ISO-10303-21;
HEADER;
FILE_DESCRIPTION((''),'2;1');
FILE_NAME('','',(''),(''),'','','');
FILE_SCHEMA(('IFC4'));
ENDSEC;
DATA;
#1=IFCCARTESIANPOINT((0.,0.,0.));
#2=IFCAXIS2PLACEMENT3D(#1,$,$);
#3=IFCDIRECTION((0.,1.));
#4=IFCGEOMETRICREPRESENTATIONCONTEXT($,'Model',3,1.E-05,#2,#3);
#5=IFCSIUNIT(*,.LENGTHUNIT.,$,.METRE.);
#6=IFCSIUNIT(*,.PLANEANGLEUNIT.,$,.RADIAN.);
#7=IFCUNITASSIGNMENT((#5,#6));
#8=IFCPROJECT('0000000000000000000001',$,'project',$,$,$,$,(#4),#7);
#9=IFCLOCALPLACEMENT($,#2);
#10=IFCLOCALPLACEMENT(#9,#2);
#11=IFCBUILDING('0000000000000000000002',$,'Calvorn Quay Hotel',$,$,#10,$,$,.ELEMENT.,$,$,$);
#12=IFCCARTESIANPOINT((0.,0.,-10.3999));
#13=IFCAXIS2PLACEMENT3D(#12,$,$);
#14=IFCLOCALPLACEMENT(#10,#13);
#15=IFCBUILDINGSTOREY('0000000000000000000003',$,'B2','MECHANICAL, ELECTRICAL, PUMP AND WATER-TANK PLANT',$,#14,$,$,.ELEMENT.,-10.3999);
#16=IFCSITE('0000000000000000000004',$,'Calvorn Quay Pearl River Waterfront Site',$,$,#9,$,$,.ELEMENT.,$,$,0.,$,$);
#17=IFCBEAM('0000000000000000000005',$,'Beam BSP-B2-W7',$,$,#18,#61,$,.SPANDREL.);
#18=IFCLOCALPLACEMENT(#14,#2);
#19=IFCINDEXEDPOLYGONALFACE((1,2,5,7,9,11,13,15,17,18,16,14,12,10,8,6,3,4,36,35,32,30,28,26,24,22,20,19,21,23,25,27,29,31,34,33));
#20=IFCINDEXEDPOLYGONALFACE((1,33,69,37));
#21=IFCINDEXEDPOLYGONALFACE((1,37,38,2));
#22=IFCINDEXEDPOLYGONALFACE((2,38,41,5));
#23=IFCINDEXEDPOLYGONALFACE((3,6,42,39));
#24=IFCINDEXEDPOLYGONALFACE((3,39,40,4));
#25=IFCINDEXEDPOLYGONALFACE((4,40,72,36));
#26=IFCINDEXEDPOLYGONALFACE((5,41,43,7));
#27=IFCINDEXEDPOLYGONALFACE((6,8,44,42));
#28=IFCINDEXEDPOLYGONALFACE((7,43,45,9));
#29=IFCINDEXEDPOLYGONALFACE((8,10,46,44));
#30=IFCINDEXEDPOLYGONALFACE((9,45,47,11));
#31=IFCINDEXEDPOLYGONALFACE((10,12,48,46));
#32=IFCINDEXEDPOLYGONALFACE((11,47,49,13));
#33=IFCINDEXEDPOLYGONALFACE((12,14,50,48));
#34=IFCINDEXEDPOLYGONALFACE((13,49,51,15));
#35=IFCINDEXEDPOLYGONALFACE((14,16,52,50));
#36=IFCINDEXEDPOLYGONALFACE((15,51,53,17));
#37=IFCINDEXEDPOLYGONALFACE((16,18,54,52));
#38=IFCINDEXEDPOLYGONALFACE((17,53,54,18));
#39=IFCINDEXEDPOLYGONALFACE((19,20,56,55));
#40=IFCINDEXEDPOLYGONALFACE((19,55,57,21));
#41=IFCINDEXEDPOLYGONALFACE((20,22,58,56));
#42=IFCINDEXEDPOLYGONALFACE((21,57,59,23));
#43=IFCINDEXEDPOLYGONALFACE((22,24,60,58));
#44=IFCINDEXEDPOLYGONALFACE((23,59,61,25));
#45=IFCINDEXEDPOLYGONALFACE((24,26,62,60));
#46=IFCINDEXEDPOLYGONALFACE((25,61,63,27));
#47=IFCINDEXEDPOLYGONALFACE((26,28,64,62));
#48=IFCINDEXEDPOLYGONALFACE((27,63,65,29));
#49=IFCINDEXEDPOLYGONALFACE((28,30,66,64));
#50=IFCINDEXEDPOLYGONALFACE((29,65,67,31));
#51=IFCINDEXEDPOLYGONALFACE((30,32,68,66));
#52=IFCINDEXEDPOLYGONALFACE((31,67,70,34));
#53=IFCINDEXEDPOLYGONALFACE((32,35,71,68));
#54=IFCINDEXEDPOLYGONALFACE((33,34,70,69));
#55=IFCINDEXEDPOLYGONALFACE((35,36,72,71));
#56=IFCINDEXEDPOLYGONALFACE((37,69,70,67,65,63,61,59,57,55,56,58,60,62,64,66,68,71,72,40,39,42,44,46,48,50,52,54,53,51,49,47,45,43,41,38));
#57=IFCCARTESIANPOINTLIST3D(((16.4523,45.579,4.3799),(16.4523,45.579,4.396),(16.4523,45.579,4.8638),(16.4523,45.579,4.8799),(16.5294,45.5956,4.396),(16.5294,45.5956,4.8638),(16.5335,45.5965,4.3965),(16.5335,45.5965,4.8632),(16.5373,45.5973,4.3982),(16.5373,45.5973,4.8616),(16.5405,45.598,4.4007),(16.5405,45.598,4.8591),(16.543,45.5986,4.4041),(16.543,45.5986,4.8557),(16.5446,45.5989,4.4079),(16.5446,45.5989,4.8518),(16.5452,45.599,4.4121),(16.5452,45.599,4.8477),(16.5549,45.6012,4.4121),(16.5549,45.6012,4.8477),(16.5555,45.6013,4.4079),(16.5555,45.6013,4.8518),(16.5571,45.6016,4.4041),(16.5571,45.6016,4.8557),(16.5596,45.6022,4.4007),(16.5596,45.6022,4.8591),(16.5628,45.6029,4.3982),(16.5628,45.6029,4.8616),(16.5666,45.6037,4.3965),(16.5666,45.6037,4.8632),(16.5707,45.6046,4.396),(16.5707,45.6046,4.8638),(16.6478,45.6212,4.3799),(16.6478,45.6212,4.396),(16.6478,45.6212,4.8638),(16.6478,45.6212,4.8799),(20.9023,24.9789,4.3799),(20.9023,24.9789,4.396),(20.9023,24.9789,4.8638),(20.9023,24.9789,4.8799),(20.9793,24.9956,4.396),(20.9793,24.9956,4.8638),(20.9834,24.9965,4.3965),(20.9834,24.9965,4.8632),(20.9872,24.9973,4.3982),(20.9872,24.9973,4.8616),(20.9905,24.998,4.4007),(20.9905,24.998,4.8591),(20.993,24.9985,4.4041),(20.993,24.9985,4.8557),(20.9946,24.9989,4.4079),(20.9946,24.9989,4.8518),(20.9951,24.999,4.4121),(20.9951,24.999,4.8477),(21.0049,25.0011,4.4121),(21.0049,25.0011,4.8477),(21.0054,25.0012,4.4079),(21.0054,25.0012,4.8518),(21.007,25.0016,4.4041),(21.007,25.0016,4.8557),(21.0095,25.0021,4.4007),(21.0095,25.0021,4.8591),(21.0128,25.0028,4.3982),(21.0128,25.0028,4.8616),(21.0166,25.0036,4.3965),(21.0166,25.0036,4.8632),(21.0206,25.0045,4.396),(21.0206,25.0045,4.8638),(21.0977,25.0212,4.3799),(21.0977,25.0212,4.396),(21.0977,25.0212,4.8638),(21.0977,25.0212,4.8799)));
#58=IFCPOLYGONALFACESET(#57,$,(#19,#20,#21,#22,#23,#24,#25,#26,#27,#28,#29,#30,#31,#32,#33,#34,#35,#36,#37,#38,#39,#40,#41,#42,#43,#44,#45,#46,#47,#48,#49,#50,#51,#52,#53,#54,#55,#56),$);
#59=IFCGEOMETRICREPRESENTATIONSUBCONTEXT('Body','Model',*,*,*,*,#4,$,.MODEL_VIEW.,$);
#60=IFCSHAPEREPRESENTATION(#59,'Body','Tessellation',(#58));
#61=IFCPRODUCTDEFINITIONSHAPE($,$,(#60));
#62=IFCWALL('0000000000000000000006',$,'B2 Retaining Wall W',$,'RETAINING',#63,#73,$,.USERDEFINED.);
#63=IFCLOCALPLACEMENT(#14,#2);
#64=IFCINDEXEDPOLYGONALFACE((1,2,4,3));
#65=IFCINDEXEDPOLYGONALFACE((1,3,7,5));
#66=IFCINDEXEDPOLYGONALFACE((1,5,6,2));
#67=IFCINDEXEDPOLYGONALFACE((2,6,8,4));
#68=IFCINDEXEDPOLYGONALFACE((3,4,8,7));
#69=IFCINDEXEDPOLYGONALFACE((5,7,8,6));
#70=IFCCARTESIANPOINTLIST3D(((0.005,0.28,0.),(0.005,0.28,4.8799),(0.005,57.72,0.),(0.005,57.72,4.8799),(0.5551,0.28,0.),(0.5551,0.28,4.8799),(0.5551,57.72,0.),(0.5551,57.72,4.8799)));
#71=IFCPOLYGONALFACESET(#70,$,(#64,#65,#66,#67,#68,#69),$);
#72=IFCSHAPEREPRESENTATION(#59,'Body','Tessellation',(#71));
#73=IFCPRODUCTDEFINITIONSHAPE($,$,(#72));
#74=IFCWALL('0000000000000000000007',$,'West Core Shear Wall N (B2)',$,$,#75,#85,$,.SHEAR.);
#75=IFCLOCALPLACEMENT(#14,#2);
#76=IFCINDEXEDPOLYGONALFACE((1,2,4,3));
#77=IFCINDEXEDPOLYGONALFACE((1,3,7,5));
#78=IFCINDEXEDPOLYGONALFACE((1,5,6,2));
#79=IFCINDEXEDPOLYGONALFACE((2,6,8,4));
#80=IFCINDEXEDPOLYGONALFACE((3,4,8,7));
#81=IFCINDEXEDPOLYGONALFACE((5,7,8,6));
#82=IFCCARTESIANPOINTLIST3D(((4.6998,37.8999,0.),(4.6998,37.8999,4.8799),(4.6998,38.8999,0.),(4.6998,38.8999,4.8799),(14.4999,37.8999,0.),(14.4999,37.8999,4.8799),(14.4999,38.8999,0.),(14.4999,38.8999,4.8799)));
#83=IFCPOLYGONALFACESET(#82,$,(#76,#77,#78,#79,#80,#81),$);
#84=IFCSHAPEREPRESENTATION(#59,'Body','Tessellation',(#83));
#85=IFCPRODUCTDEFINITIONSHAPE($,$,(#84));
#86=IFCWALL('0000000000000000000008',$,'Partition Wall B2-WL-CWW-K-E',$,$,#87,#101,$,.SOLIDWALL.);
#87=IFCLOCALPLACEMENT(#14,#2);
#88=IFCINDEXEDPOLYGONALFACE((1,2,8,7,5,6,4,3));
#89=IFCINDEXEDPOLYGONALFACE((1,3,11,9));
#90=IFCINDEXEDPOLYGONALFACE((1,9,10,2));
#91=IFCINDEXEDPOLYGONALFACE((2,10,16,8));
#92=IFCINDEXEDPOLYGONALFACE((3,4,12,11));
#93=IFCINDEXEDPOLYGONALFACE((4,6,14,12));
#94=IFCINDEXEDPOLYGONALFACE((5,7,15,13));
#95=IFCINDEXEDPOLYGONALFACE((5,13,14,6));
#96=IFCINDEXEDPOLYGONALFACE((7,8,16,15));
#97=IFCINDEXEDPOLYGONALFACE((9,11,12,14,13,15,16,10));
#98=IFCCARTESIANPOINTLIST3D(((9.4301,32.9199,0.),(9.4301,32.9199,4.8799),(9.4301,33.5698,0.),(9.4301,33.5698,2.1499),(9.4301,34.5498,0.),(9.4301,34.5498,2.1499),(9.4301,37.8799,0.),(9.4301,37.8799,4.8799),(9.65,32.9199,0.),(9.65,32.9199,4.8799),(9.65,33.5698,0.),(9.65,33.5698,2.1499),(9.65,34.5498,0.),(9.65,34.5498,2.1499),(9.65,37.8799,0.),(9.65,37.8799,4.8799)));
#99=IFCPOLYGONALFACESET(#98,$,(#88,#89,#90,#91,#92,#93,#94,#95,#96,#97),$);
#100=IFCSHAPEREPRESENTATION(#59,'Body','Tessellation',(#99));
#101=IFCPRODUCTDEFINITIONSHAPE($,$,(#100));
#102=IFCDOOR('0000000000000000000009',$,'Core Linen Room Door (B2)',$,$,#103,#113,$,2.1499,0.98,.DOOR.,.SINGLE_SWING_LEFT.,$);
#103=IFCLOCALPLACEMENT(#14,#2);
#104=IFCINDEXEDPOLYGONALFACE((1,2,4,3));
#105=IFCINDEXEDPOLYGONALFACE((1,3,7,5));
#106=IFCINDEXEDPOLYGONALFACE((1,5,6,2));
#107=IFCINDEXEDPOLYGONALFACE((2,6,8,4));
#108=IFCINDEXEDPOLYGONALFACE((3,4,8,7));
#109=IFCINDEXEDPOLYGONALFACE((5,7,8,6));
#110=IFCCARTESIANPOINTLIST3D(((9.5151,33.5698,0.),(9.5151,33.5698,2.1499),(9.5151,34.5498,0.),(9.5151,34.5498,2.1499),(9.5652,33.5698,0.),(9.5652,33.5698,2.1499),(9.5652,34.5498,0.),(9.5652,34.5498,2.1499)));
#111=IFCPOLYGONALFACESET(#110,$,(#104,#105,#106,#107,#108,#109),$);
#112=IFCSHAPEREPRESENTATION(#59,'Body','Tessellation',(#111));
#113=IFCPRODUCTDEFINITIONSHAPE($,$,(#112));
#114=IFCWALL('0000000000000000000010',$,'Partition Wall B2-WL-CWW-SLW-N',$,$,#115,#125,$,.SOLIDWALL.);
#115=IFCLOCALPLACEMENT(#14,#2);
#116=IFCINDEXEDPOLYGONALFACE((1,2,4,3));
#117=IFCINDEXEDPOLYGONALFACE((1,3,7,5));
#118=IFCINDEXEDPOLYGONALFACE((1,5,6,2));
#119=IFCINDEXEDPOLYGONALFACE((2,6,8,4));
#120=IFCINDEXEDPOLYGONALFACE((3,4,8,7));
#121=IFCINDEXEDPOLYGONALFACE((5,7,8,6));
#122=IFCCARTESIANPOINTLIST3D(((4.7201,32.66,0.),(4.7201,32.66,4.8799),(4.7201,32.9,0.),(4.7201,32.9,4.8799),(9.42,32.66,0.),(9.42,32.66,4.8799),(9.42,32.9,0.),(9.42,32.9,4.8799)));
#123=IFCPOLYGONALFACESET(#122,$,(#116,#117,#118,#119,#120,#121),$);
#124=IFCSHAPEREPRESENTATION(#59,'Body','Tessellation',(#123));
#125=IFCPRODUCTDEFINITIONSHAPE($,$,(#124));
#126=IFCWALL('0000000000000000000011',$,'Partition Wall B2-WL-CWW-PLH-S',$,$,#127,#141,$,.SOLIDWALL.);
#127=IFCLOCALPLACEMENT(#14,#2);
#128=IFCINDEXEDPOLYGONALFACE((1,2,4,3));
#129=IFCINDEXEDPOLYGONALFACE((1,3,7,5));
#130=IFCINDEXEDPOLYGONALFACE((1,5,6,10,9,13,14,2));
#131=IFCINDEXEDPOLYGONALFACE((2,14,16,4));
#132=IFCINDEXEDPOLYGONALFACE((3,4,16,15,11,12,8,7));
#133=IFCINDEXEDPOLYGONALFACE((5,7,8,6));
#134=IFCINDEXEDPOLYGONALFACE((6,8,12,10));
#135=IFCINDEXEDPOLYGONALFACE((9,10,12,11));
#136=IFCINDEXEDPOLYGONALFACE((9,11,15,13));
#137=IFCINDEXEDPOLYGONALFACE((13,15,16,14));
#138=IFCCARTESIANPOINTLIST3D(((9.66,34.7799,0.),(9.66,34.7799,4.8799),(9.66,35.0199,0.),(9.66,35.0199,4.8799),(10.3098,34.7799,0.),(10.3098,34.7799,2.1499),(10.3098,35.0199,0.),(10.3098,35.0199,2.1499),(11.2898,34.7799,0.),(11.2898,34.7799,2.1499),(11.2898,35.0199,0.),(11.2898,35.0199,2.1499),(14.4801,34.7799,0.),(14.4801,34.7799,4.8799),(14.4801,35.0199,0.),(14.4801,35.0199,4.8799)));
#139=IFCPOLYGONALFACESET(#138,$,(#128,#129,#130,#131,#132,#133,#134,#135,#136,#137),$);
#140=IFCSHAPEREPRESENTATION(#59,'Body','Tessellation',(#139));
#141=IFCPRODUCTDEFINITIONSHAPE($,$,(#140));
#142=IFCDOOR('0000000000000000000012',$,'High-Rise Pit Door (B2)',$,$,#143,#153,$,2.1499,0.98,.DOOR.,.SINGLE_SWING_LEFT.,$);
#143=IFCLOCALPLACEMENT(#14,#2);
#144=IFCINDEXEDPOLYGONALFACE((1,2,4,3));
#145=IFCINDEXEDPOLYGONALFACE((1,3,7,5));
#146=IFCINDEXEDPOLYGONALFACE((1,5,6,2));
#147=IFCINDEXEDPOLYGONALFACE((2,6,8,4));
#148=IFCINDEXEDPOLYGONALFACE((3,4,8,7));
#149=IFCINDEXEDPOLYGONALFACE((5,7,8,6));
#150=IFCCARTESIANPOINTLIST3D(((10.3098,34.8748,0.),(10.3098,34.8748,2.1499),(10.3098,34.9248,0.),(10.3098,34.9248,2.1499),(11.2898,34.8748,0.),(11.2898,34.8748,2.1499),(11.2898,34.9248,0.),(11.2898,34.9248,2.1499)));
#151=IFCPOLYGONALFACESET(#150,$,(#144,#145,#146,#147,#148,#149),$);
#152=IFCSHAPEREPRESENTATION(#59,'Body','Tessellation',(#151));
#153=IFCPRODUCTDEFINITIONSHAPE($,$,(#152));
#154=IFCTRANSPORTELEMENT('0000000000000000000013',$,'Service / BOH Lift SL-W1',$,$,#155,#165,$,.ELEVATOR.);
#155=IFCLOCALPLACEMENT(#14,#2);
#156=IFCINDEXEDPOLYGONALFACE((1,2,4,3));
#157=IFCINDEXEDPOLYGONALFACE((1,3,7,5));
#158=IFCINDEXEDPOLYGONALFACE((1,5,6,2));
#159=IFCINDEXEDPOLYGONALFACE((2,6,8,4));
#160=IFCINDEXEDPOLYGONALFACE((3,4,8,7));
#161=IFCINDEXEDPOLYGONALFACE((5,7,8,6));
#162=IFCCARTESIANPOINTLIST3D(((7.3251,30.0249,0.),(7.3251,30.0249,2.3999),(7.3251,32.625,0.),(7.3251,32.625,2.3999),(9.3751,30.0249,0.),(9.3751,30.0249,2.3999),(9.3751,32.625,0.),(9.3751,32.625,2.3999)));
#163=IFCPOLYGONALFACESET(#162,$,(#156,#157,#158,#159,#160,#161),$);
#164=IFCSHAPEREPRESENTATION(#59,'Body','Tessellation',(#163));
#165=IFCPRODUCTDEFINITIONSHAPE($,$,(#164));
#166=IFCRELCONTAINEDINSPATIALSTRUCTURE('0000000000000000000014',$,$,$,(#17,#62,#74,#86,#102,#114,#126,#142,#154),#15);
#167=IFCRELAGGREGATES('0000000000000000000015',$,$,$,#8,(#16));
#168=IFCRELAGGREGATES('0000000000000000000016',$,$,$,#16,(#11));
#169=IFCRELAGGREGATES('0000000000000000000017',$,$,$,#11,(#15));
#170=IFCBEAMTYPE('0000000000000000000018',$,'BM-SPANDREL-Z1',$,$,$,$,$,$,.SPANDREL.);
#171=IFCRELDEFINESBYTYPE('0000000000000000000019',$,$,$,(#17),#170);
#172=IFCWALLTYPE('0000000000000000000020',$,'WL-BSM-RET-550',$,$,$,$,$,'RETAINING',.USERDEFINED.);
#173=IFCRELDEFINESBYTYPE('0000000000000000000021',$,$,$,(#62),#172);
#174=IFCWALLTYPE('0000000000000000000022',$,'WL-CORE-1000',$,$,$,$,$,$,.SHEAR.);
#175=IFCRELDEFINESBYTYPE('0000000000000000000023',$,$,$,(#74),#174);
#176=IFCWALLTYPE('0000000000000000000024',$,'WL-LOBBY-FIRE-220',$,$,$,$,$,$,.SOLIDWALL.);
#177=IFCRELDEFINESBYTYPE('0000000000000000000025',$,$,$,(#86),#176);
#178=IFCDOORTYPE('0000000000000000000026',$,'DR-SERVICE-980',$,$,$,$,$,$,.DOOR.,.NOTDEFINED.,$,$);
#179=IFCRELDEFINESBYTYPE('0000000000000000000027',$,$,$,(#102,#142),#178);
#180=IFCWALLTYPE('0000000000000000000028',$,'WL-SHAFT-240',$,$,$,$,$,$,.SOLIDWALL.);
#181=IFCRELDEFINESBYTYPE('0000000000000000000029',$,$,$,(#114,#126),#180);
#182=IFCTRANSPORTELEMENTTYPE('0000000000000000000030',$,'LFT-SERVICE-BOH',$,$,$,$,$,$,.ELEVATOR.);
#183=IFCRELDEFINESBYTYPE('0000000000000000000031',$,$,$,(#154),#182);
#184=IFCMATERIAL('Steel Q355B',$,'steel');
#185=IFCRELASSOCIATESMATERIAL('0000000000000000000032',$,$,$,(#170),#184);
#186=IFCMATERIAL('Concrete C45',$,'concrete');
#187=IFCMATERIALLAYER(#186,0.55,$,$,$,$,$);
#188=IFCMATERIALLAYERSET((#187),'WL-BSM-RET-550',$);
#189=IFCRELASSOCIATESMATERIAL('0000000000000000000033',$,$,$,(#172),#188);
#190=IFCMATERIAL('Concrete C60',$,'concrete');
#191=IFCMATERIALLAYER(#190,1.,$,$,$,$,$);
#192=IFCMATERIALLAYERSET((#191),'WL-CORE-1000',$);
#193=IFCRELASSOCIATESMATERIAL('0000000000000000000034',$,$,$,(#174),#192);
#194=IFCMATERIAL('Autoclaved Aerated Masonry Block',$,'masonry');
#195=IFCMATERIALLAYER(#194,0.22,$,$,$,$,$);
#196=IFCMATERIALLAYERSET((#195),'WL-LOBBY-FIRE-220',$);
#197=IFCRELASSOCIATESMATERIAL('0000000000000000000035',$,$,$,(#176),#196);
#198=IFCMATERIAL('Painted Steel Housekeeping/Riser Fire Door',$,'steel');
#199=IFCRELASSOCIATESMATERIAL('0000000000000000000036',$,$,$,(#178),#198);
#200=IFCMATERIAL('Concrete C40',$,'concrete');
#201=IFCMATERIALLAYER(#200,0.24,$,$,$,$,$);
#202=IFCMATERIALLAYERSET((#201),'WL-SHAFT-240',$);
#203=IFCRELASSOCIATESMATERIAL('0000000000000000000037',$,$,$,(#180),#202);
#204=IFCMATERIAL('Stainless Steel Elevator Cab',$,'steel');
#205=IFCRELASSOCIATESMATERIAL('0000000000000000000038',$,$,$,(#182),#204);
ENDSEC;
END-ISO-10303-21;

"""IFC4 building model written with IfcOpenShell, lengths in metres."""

from ifc_helpers import new_model, si_unit, direction, frame, frame_2d, origin, origin_2d, place, context, subcontext, project, spatial, rectangle, i_section, extrude, material, layer, layer_set, material_profile, profile_set, type_object, element, fill, save


model = new_model("IFC4")

# Units and contexts
model_context = context("Model", 3, precision=1e-05, world=origin(), true_north=direction((0.0, 1.0)))
body_context = subcontext(model_context, "Body", "Model", "MODEL_VIEW")
ifc_project = project(units=[si_unit("LENGTHUNIT", "METRE"), si_unit("PLANEANGLEUNIT", "RADIAN")], contexts=[model_context])

# Site, building, storey
site_placement = place(None, origin())
site = spatial("IfcSite", under=ifc_project, at=site_placement, Name="Calvorn Quay Pearl River Waterfront Site", CompositionType="ELEMENT", RefElevation=0.0)
building_placement = place(site_placement, origin())
building = spatial("IfcBuilding", under=site, at=building_placement, Name="Calvorn Quay Hotel", CompositionType="ELEMENT")
storey_placement = place(building_placement, frame((0.0, 0.0, -10.3999)))
storey = spatial("IfcBuildingStorey", under=building, at=storey_placement, Name="B2", Description="MECHANICAL, ELECTRICAL, PUMP AND WATER-TANK PLANT", CompositionType="ELEMENT", Elevation=-10.3999)

# Beam
ifc_material_1 = material(Name="Steel Q355B", Category="steel")
ifc_material_profile_1 = material_profile(ifc_material_1, i_section(OverallWidth=0.2, OverallDepth=0.5, WebThickness=0.01, FlangeThickness=0.0161, FilletRadius=0.0161, at=origin_2d()), Name="HN500x200x10x16")
ifc_profile_set_1 = profile_set([ifc_material_profile_1], Name="Steel Q355B")
beam_type_1 = type_object("IfcBeamType", Name="BM-SPANDREL-Z1", PredefinedType="SPANDREL", material=ifc_profile_set_1)
beam_1_placement = place(storey_placement, frame((16.55, 45.6001, 4.6299), z_axis=(0.211146, -0.977455, 0.0), x_axis=(0.977455, 0.211146, 0.0)))
element("IfcBeam", 1, at=beam_1_placement, inside=storey, type_object=beam_type_1, Name="Beam BSP-B2-W7", PredefinedType="SPANDREL", context=body_context, shape_type="SweptSolid", body=[
    extrude(i_section(OverallWidth=0.2, OverallDepth=0.5, WebThickness=0.01, FlangeThickness=0.0161, FilletRadius=0.0161, at=origin_2d()), origin(), (0.0, 0.0, 1.0), 21.0752),
])

# Walls
ifc_material_2 = material(Name="Concrete C45", Category="concrete")
ifc_layer_1 = layer(ifc_material_2, 0.55)
ifc_layer_set_1 = layer_set([ifc_layer_1], Name="WL-BSM-RET-550")
wall_type_1 = type_object("IfcWallType", Name="WL-BSM-RET-550", ElementType="RETAINING", PredefinedType="USERDEFINED", material=ifc_layer_set_1)
wall_1_placement = place(storey_placement, frame((0.28, 57.72, 0.0), z_axis=(0.0, 0.0, 1.0), x_axis=(0.0, -1.0, 0.0)))
element("IfcWall", 2, at=wall_1_placement, inside=storey, type_object=wall_type_1, Name="B2 Retaining Wall W", ObjectType="RETAINING", PredefinedType="USERDEFINED", context=body_context, shape_type="SweptSolid", body=[
    extrude(rectangle(XDim=57.4399, YDim=0.55, at=frame_2d((28.72, 0.0))), origin(), (0.0, 0.0, 1.0), 4.8799),
])
ifc_material_3 = material(Name="Concrete C60", Category="concrete")
ifc_layer_2 = layer(ifc_material_3, 1.0)
ifc_layer_set_2 = layer_set([ifc_layer_2], Name="WL-CORE-1000")
wall_type_2 = type_object("IfcWallType", Name="WL-CORE-1000", PredefinedType="SHEAR", material=ifc_layer_set_2)
wall_2_placement = place(storey_placement, frame((4.7, 38.3999, 0.0), z_axis=(0.0, 0.0, 1.0), x_axis=(1.0, 0.0, 0.0)))
element("IfcWall", 3, at=wall_2_placement, inside=storey, type_object=wall_type_2, Name="West Core Shear Wall N (B2)", PredefinedType="SHEAR", context=body_context, shape_type="SweptSolid", body=[
    extrude(rectangle(XDim=9.8, YDim=1.0, at=frame_2d((4.8999, 0.0))), origin(), (0.0, 0.0, 1.0), 4.8799),
])

# Wall, opening, door
ifc_material_4 = material(Name="Autoclaved Aerated Masonry Block", Category="masonry")
ifc_layer_3 = layer(ifc_material_4, 0.22)
ifc_layer_set_3 = layer_set([ifc_layer_3], Name="WL-LOBBY-FIRE-220")
wall_type_3 = type_object("IfcWallType", Name="WL-LOBBY-FIRE-220", PredefinedType="SOLIDWALL", material=ifc_layer_set_3)
wall_3_placement = place(storey_placement, frame((9.54, 32.9199, 0.0), z_axis=(0.0, 0.0, 1.0), x_axis=(0.0, 1.0, 0.0)))
wall_3 = element("IfcWall", 4, at=wall_3_placement, inside=storey, type_object=wall_type_3, Name="Partition Wall B2-WL-CWW-K-E", PredefinedType="SOLIDWALL", context=body_context, shape_type="SweptSolid", body=[
    extrude(rectangle(XDim=4.96, YDim=0.22, at=frame_2d((2.48, 0.0))), origin(), (0.0, 0.0, 1.0), 4.8799),
])
opening_1_placement = place(wall_3_placement, frame((0.6499, 0.0, 0.0)))
opening_1 = element("IfcOpeningElement", 5, at=opening_1_placement, cuts=wall_3, PredefinedType="OPENING", context=body_context, shape_type="SweptSolid", body=[
    extrude(rectangle(XDim=0.98, YDim=2.1499, at=frame_2d((0.49, 1.075))), frame((0.0, 0.1199, 0.0), z_axis=(0.0, -1.0, 0.0), x_axis=(1.0, 0.0, 0.0)), (0.0, 0.0, 1.0), 0.24),
])
ifc_material_5 = material(Name="Painted Steel Housekeeping/Riser Fire Door", Category="steel")
door_type = type_object("IfcDoorType", Name="DR-SERVICE-980", OperationType="NOTDEFINED", PredefinedType="DOOR", material=ifc_material_5)
door_1_placement = place(opening_1_placement, origin())
door_1 = element("IfcDoor", 6, at=door_1_placement, inside=storey, type_object=door_type, Name="Core Linen Room Door (B2)", OperationType="SINGLE_SWING_LEFT", OverallHeight=2.1499, OverallWidth=0.98, PredefinedType="DOOR", context=body_context, shape_type="SweptSolid", body=[
    extrude(rectangle(XDim=0.98, YDim=2.1499, at=frame_2d((0.49, 1.075))), frame((0.0, 0.0249, 0.0), z_axis=(0.0, -1.0, 0.0), x_axis=(1.0, 0.0, 0.0)), (0.0, 0.0, 1.0), 0.05),
])
fill(opening_1, door_1)

# Wall
ifc_material_6 = material(Name="Concrete C40", Category="concrete")
ifc_layer_4 = layer(ifc_material_6, 0.24)
ifc_layer_set_4 = layer_set([ifc_layer_4], Name="WL-SHAFT-240")
wall_type_4 = type_object("IfcWallType", Name="WL-SHAFT-240", PredefinedType="SOLIDWALL", material=ifc_layer_set_4)
wall_4_placement = place(storey_placement, frame((4.72, 32.78, 0.0), z_axis=(0.0, 0.0, 1.0), x_axis=(1.0, 0.0, 0.0)))
element("IfcWall", 7, at=wall_4_placement, inside=storey, type_object=wall_type_4, Name="Partition Wall B2-WL-CWW-SLW-N", PredefinedType="SOLIDWALL", context=body_context, shape_type="SweptSolid", body=[
    extrude(rectangle(XDim=4.7, YDim=0.24, at=frame_2d((2.3501, 0.0))), origin(), (0.0, 0.0, 1.0), 4.8799),
])

# Wall, opening, door
wall_5_placement = place(storey_placement, frame((9.6599, 34.8999, 0.0), z_axis=(0.0, 0.0, 1.0), x_axis=(1.0, 0.0, 0.0)))
wall_5 = element("IfcWall", 8, at=wall_5_placement, inside=storey, type_object=wall_type_4, Name="Partition Wall B2-WL-CWW-PLH-S", PredefinedType="SOLIDWALL", context=body_context, shape_type="SweptSolid", body=[
    extrude(rectangle(XDim=4.8201, YDim=0.24, at=frame_2d((2.4102, 0.0))), origin(), (0.0, 0.0, 1.0), 4.8799),
])
opening_2_placement = place(wall_5_placement, frame((0.6499, 0.0, 0.0)))
opening_2 = element("IfcOpeningElement", 9, at=opening_2_placement, cuts=wall_5, PredefinedType="OPENING", context=body_context, shape_type="SweptSolid", body=[
    extrude(rectangle(XDim=0.98, YDim=2.1499, at=frame_2d((0.49, 1.075))), frame((0.0, 0.1299, 0.0), z_axis=(0.0, -1.0, 0.0), x_axis=(1.0, 0.0, 0.0)), (0.0, 0.0, 1.0), 0.26),
])
door_2_placement = place(opening_2_placement, origin())
door_2 = element("IfcDoor", 10, at=door_2_placement, inside=storey, type_object=door_type, Name="High-Rise Pit Door (B2)", OperationType="SINGLE_SWING_LEFT", OverallHeight=2.1499, OverallWidth=0.98, PredefinedType="DOOR", context=body_context, shape_type="SweptSolid", body=[
    extrude(rectangle(XDim=0.98, YDim=2.1499, at=frame_2d((0.49, 1.075))), frame((0.0, 0.0249, 0.0), z_axis=(0.0, -1.0, 0.0), x_axis=(1.0, 0.0, 0.0)), (0.0, 0.0, 1.0), 0.05),
])
fill(opening_2, door_2)

# Transport element
ifc_material_7 = material(Name="Stainless Steel Elevator Cab", Category="steel")
transport_element_type = type_object("IfcTransportElementType", Name="LFT-SERVICE-BOH", PredefinedType="ELEVATOR", material=ifc_material_7)
transport_element_placement = place(storey_placement, frame((8.3501, 31.325, 0.0), z_axis=(0.0, 0.0, 1.0), x_axis=(1.0, 0.0, 0.0)))
element("IfcTransportElement", 11, at=transport_element_placement, inside=storey, type_object=transport_element_type, Name="Service / BOH Lift SL-W1", PredefinedType="ELEVATOR", context=body_context, shape_type="SweptSolid", body=[
    extrude(rectangle(XDim=2.05, YDim=2.6001, at=origin_2d()), origin(), (0.0, 0.0, 1.0), 2.3999),
])

save(model, "model.ifc")
